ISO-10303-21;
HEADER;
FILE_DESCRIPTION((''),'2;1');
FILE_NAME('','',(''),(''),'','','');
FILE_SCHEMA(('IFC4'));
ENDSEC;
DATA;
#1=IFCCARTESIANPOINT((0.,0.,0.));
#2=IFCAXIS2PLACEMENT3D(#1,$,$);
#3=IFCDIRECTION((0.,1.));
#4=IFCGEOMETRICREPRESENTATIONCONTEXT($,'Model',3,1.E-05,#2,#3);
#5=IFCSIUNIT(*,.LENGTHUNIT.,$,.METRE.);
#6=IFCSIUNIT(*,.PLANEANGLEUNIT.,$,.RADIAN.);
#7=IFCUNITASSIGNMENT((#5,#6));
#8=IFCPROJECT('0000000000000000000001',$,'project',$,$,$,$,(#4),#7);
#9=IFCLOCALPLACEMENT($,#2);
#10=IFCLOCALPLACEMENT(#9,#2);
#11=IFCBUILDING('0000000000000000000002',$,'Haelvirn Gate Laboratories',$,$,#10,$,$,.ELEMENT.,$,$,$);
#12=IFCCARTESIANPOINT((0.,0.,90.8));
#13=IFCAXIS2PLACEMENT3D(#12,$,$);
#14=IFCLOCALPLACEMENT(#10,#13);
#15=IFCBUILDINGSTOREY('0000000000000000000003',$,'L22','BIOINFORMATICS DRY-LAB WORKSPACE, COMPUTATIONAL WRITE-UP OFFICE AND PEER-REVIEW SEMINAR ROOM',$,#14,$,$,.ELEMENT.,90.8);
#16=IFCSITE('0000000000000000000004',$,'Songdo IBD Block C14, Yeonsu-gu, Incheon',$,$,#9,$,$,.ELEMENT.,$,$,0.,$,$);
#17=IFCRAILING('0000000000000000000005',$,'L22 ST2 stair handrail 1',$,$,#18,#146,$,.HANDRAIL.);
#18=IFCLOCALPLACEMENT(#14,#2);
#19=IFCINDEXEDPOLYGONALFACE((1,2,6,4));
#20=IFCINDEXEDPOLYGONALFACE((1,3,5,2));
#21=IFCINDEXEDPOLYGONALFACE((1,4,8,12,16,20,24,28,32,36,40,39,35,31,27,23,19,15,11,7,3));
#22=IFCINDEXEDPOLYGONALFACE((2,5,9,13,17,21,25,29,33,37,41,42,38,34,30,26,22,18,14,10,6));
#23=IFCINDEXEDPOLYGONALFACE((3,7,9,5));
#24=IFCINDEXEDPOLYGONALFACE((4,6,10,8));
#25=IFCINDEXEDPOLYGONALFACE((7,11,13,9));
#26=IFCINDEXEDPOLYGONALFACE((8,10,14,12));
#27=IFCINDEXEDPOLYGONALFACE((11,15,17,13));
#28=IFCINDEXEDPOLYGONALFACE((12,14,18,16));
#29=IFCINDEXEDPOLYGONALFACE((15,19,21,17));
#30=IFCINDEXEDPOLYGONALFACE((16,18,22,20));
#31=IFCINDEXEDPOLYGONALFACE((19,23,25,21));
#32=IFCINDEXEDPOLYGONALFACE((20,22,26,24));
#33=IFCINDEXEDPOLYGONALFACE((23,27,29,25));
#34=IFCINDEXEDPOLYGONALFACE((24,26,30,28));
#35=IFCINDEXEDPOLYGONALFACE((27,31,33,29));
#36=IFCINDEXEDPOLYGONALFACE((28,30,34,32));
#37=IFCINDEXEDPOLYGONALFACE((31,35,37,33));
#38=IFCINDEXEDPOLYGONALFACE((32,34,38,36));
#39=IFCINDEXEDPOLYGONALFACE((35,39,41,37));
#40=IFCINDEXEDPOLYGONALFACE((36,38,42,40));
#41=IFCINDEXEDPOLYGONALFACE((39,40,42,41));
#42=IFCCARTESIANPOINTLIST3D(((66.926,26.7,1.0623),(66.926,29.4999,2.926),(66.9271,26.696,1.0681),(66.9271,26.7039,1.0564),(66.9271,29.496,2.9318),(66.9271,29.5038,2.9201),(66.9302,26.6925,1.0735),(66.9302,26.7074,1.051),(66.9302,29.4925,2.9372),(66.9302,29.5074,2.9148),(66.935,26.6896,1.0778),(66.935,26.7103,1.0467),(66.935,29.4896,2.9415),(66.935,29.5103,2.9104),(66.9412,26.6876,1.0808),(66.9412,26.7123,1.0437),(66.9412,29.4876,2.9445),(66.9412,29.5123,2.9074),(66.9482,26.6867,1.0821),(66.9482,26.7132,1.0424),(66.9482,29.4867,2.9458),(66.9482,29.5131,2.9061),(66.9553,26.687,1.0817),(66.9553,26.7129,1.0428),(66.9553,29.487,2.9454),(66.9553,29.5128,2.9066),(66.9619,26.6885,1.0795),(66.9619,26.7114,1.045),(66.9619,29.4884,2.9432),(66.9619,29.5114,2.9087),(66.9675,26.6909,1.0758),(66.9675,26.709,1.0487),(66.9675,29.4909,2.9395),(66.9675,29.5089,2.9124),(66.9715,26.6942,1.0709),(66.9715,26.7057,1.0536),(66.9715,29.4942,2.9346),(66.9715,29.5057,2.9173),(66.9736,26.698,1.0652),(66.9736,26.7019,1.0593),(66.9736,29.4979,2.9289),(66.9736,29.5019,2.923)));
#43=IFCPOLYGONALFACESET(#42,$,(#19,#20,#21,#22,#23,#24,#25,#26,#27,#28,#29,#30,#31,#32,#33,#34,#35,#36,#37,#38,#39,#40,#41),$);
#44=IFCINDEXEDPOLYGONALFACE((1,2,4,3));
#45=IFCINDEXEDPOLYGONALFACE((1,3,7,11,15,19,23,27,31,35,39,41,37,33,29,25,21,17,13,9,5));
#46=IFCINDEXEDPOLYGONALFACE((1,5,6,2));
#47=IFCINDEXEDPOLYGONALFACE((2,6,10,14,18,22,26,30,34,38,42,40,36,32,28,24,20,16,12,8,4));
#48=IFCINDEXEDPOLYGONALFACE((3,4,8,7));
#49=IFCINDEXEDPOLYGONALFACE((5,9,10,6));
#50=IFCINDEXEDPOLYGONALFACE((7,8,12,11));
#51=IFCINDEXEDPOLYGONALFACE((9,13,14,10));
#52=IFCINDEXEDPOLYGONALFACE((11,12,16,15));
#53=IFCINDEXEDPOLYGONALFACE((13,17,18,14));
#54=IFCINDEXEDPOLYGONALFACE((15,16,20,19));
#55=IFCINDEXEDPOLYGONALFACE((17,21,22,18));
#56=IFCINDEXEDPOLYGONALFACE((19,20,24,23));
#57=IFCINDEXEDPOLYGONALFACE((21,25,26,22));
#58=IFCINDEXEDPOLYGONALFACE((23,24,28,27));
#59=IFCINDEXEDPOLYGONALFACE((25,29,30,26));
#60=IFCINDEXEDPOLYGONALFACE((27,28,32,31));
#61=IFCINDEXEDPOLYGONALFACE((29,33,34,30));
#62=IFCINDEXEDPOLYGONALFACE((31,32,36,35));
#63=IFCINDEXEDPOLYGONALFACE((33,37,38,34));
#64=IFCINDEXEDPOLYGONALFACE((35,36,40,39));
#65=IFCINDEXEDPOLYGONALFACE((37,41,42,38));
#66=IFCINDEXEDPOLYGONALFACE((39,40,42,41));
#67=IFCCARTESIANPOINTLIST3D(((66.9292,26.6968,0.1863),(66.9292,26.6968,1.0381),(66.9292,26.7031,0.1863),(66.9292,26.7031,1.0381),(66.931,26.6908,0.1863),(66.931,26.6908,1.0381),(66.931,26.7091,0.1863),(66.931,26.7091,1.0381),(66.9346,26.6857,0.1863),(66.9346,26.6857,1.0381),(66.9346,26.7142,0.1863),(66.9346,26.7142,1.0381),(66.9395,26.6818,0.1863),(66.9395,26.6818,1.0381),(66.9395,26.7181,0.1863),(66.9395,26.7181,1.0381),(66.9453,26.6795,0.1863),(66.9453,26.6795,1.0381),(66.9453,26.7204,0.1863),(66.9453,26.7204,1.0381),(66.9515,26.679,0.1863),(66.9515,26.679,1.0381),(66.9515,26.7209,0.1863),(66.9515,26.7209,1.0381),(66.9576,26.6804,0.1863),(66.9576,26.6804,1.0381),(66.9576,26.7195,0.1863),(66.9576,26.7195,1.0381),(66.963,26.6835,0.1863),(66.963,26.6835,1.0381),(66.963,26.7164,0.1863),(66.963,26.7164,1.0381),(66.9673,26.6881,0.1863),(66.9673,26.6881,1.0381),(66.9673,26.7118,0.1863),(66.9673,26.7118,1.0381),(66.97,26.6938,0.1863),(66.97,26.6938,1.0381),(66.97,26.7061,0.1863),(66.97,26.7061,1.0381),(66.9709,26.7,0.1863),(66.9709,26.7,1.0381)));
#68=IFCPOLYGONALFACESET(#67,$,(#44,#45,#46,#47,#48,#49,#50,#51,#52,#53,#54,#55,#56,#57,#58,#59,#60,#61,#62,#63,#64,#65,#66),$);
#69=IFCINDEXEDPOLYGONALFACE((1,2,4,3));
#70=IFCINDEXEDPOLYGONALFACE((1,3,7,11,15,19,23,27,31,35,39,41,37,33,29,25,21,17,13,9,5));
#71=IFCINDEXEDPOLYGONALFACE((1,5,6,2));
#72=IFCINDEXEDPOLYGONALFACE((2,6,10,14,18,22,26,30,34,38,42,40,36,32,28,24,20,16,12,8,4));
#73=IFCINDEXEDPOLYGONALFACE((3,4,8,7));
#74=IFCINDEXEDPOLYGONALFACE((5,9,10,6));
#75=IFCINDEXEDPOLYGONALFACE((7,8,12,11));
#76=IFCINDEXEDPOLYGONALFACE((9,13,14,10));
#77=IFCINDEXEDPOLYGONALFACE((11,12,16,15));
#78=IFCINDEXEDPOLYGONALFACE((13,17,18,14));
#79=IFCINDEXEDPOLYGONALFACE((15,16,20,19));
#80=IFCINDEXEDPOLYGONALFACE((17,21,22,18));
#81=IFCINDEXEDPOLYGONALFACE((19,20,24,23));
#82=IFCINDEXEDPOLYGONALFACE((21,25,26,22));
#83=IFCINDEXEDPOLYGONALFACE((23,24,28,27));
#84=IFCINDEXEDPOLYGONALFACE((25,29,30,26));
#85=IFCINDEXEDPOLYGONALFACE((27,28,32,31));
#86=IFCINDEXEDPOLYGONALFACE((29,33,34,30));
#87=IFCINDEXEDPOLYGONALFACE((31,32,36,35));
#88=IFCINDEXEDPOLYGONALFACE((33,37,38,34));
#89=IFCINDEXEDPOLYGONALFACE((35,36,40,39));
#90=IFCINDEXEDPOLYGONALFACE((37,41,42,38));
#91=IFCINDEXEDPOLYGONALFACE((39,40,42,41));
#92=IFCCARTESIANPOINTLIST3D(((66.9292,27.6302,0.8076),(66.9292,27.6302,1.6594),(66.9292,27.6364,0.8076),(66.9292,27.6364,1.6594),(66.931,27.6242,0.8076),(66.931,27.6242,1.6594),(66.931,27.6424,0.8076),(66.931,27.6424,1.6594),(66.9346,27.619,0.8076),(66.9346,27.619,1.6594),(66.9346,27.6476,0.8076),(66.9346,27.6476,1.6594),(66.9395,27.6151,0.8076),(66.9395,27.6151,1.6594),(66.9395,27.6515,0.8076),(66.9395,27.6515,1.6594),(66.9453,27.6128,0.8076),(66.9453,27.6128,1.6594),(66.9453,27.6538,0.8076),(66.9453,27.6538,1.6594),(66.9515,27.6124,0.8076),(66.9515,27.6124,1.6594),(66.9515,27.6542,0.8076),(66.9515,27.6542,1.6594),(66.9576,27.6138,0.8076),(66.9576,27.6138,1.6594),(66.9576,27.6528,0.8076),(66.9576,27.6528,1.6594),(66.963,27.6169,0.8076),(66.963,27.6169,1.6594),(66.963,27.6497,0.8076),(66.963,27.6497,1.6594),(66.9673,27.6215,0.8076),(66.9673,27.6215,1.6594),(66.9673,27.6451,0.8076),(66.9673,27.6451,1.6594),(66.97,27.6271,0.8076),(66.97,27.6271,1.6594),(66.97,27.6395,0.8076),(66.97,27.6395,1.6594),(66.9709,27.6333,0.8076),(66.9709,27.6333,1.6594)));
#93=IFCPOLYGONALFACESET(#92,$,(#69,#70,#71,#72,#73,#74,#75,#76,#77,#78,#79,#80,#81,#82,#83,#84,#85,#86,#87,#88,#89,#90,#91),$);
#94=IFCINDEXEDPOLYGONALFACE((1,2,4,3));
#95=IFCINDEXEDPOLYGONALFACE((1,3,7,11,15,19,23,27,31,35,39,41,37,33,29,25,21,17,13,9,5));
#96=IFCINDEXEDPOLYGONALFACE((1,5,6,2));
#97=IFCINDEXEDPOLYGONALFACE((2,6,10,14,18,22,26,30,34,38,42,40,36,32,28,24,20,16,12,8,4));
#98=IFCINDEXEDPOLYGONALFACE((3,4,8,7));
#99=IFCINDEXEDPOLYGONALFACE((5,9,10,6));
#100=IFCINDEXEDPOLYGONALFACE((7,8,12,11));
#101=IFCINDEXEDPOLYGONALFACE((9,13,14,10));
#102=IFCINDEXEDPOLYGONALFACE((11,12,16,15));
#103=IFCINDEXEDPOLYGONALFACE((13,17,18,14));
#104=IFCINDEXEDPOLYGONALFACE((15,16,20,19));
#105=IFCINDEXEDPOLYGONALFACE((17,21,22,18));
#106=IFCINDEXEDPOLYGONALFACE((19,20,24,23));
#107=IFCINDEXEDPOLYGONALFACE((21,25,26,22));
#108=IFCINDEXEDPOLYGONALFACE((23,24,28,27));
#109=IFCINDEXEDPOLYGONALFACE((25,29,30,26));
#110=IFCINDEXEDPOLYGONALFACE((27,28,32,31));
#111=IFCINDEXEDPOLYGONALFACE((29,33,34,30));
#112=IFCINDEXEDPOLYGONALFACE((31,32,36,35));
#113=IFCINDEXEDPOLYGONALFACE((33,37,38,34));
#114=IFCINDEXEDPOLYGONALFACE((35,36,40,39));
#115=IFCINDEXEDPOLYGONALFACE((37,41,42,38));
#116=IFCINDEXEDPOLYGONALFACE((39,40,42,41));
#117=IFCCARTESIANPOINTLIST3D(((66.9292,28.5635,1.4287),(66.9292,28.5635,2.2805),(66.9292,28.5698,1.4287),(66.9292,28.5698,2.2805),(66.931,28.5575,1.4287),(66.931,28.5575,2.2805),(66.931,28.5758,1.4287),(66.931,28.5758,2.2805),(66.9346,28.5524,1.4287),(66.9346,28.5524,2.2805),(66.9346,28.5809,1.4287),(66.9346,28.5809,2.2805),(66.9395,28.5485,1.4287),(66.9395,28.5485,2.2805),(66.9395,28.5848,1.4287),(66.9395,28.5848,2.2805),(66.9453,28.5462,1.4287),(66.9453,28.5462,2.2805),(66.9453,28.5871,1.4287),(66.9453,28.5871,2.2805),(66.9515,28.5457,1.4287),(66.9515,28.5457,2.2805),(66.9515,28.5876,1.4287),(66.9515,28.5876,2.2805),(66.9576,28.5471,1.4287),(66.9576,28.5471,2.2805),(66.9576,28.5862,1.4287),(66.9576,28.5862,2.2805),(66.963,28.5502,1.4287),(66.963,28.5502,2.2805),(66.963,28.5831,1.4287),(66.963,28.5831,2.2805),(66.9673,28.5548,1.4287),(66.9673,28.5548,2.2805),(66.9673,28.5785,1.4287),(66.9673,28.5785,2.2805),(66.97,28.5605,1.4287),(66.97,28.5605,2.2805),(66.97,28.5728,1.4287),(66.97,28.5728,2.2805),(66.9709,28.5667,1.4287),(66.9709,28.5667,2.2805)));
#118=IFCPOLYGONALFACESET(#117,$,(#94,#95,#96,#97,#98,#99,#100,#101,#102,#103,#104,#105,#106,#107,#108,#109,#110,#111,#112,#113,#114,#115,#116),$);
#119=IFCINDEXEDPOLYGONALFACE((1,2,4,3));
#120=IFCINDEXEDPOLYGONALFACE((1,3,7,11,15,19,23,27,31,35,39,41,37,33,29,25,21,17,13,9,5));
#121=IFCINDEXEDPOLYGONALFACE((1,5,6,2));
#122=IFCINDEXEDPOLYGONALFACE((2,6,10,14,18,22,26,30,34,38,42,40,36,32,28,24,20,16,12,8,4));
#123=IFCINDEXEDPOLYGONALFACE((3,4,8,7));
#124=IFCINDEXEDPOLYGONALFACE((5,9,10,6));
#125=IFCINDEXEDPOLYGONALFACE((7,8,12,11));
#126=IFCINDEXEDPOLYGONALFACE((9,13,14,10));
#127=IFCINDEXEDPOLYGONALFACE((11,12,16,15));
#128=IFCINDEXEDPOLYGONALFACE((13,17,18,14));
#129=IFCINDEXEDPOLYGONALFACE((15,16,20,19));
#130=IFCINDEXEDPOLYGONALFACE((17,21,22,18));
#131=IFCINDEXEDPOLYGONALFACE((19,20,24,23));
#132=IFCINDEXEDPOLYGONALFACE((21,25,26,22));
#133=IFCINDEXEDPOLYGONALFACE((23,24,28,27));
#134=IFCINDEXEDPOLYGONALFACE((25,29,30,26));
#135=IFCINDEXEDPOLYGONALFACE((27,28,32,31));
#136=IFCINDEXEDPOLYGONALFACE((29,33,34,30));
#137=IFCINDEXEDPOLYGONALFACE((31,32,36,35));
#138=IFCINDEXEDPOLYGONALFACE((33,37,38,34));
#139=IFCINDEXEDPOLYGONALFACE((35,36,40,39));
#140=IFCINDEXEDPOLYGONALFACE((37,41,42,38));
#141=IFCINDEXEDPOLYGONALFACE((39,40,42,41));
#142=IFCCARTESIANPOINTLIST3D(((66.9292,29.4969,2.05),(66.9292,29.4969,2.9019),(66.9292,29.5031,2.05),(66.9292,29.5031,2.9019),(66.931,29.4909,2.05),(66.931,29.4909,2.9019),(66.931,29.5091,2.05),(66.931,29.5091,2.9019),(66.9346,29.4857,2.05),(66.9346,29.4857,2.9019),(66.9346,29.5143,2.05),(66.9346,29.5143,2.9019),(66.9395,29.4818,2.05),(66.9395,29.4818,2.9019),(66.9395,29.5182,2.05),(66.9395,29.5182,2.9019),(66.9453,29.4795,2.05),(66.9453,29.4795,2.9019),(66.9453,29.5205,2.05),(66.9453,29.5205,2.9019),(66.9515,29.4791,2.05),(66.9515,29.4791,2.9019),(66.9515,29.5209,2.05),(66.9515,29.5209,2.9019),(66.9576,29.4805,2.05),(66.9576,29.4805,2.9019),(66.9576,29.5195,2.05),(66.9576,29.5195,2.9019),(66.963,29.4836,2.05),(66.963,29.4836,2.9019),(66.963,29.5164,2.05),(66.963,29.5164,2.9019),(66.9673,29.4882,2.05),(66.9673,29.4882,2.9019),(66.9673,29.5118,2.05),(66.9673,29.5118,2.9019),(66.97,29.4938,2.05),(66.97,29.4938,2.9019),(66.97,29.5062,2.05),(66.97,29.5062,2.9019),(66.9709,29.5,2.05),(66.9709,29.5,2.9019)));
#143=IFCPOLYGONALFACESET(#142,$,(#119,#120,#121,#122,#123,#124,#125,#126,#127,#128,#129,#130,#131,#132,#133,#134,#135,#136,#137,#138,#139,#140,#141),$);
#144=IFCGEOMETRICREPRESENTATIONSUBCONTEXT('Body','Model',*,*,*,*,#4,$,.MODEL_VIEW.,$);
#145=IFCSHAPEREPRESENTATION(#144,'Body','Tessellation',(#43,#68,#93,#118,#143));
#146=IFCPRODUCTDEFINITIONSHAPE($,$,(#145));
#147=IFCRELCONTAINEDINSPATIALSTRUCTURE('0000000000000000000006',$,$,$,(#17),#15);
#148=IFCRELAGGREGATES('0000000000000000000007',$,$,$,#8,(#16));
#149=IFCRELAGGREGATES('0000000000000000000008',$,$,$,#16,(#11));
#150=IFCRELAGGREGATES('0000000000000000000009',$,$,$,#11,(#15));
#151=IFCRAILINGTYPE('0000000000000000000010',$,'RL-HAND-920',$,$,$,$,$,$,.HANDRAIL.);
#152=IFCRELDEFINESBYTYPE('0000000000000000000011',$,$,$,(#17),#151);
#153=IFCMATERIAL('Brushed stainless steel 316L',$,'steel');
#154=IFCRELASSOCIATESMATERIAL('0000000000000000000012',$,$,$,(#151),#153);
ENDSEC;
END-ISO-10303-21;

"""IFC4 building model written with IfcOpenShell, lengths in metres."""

from ifc_helpers import new_model, si_unit, direction, frame, origin, origin_2d, place, context, subcontext, project, spatial, circle, extrude, source, transform, mapped, material, type_object, element, save


model = new_model("IFC4")

# Units and contexts
model_context = context("Model", 3, precision=1e-05, world=origin(), true_north=direction((0.0, 1.0)))
body_context = subcontext(model_context, "Body", "Model", "MODEL_VIEW")
ifc_project = project(units=[si_unit("LENGTHUNIT", "METRE"), si_unit("PLANEANGLEUNIT", "RADIAN")], contexts=[model_context])

# Site, building, storey
site_placement = place(None, origin())
site = spatial("IfcSite", under=ifc_project, at=site_placement, Name="Songdo IBD Block C14, Yeonsu-gu, Incheon", CompositionType="ELEMENT", RefElevation=0.0)
building_placement = place(site_placement, origin())
building = spatial("IfcBuilding", under=site, at=building_placement, Name="Haelvirn Gate Laboratories", CompositionType="ELEMENT")
storey_placement = place(building_placement, frame((0.0, 0.0, 90.8)))
storey = spatial("IfcBuildingStorey", under=building, at=storey_placement, Name="L22", Description="BIOINFORMATICS DRY-LAB WORKSPACE, COMPUTATIONAL WRITE-UP OFFICE AND PEER-REVIEW SEMINAR ROOM", CompositionType="ELEMENT", Elevation=90.8)

# Railing
ifc_material_1 = material(Name="Brushed stainless steel 316L", Category="steel")
railing_type_1 = type_object("IfcRailingType", Name="RL-HAND-920", PredefinedType="HANDRAIL", material=ifc_material_1)
shared_shape_1 = source(origin(), body_context, "Body", "SweptSolid", [
    extrude(circle(Radius=0.0239, at=origin_2d()), frame((0.0, 0.0, 0.876), z_axis=(0.0, 0.832452, 0.554097), x_axis=(-1.0, 0.0, 0.0)), (0.0, 0.0, 1.0), 3.3635),
    extrude(circle(Radius=0.021, at=origin_2d()), origin(), (0.0, 0.0, 1.0), 0.8518),
    extrude(circle(Radius=0.021, at=origin_2d()), frame((0.0, 0.9333, 0.6213)), (0.0, 0.0, 1.0), 0.8518),
    extrude(circle(Radius=0.021, at=origin_2d()), frame((0.0, 1.8667, 1.2424)), (0.0, 0.0, 1.0), 0.8518),
    extrude(circle(Radius=0.021, at=origin_2d()), frame((0.0, 2.8, 1.8638)), (0.0, 0.0, 1.0), 0.8518),
])
railing_1_placement = place(storey_placement, frame((66.95, 26.7, 0.1863)))
element("IfcRailing", 1, at=railing_1_placement, inside=storey, type_object=railing_type_1, Name="L22 ST2 stair handrail 1", PredefinedType="HANDRAIL", context=body_context, shape_type="MappedRepresentation", body=[
    mapped(shared_shape_1, transform((0.0, 0.0, 0.0), scale=1.0)),
])

save(model, "model.ifc")
